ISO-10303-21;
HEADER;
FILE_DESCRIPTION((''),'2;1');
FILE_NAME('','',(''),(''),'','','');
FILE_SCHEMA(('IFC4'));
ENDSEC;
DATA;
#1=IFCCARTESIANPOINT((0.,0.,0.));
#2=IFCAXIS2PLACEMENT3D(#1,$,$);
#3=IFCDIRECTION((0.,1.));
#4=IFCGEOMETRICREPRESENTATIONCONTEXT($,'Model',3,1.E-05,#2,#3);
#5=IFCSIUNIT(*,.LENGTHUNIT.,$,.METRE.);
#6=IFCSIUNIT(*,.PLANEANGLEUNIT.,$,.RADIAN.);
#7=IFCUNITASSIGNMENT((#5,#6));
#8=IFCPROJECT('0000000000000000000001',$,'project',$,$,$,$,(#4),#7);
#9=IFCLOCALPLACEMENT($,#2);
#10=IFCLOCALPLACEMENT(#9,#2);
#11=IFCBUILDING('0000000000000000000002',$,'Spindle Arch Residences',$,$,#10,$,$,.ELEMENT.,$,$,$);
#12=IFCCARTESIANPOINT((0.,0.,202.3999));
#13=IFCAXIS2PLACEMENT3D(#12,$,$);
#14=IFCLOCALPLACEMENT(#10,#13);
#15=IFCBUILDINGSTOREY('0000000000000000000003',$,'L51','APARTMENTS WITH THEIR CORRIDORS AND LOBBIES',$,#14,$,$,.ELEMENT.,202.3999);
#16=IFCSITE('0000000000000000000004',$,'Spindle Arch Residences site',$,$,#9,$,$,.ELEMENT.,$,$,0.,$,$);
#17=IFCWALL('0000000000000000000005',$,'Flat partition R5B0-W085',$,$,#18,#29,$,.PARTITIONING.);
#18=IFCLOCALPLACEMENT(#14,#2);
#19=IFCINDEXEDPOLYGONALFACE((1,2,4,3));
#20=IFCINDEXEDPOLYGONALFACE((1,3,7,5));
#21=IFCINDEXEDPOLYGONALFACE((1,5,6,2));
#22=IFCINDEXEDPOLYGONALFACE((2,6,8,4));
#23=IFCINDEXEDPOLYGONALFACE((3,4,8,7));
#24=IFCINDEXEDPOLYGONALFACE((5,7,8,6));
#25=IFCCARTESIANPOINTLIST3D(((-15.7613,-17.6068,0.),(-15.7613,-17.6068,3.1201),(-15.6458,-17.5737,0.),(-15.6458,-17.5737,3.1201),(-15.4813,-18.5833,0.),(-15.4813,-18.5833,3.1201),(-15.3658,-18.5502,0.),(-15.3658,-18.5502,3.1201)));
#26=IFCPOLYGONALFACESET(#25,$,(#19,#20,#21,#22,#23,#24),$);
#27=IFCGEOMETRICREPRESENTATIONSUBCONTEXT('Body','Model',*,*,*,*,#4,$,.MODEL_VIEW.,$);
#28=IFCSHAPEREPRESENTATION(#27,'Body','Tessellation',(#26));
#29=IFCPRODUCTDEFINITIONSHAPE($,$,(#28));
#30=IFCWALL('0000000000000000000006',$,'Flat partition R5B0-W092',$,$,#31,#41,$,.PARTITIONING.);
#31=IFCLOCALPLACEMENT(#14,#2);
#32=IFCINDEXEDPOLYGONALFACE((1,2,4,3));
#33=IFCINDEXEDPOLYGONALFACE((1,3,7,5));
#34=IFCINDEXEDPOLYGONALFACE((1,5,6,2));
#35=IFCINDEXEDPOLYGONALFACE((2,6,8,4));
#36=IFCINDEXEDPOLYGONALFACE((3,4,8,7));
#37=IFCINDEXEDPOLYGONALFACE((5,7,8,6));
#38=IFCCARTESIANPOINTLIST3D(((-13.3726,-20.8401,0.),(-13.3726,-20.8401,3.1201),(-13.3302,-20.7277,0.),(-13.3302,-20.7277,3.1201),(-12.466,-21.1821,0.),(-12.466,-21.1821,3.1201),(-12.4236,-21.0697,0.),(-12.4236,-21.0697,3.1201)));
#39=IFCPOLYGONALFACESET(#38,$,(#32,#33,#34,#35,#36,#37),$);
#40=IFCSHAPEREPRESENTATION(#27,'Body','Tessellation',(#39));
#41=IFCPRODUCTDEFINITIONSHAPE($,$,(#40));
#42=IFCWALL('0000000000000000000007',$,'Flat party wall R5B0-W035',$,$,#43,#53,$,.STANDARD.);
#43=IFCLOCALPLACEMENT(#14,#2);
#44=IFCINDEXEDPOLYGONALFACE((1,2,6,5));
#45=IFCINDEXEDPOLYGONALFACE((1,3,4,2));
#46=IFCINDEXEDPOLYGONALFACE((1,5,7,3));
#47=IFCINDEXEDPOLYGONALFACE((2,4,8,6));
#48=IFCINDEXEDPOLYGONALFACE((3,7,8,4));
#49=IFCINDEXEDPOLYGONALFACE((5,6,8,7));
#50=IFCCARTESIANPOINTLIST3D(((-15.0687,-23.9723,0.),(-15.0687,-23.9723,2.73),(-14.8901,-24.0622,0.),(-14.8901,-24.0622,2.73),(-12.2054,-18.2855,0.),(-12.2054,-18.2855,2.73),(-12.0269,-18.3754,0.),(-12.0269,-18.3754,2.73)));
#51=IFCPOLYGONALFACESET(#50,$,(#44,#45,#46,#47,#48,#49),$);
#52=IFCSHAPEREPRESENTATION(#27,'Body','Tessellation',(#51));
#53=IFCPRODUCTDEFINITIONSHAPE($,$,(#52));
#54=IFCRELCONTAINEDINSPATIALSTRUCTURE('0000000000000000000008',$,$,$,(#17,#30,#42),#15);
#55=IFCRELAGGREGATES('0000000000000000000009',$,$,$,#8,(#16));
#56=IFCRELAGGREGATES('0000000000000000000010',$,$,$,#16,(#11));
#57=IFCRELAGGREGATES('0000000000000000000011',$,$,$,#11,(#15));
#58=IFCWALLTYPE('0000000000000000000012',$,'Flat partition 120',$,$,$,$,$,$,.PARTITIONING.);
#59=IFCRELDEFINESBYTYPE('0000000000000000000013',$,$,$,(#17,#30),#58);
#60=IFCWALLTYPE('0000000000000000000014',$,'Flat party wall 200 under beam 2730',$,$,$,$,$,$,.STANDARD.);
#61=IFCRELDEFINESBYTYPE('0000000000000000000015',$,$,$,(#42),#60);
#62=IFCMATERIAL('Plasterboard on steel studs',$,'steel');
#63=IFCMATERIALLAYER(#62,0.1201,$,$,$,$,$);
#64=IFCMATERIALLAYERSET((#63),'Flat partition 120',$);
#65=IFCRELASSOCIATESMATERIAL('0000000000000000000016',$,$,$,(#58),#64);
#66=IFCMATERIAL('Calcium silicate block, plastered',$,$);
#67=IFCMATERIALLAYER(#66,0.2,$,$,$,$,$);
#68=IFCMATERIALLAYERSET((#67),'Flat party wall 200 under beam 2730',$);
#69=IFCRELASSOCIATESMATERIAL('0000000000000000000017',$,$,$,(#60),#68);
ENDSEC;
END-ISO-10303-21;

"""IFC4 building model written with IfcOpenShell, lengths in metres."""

from ifc_helpers import new_model, si_unit, direction, frame, frame_2d, origin, place, context, subcontext, project, spatial, rectangle, extrude, material, layer, layer_set, type_object, element, save


model = new_model("IFC4")

# Units and contexts
model_context = context("Model", 3, precision=1e-05, world=origin(), true_north=direction((0.0, 1.0)))
body_context = subcontext(model_context, "Body", "Model", "MODEL_VIEW")
ifc_project = project(units=[si_unit("LENGTHUNIT", "METRE"), si_unit("PLANEANGLEUNIT", "RADIAN")], contexts=[model_context])

# Site, building, storey
site_placement = place(None, origin())
site = spatial("IfcSite", under=ifc_project, at=site_placement, Name="Spindle Arch Residences site", CompositionType="ELEMENT", RefElevation=0.0)
building_placement = place(site_placement, origin())
building = spatial("IfcBuilding", under=site, at=building_placement, Name="Spindle Arch Residences", CompositionType="ELEMENT")
storey_placement = place(building_placement, frame((0.0, 0.0, 202.3999)))
storey = spatial("IfcBuildingStorey", under=building, at=storey_placement, Name="L51", Description="APARTMENTS WITH THEIR CORRIDORS AND LOBBIES", CompositionType="ELEMENT", Elevation=202.3999)

# Walls
ifc_material_1 = material(Name="Plasterboard on steel studs", Category="steel")
ifc_layer_1 = layer(ifc_material_1, 0.1201)
ifc_layer_set_1 = layer_set([ifc_layer_1], Name="Flat partition 120")
wall_type_1 = type_object("IfcWallType", Name="Flat partition 120", PredefinedType="PARTITIONING", material=ifc_layer_set_1)
wall_1_placement = place(storey_placement, frame((-15.4236, -18.5667, 0.0), z_axis=(0.0, 0.0, 1.0), x_axis=(-0.275641, 0.961261, 0.0)))
element("IfcWall", 1, at=wall_1_placement, inside=storey, type_object=wall_type_1, Name="Flat partition R5B0-W085", PredefinedType="PARTITIONING", context=body_context, shape_type="SweptSolid", body=[
    extrude(rectangle(XDim=1.0159, YDim=0.1201, at=frame_2d((0.5078, 0.0))), origin(), (0.0, 0.0, 1.0), 3.1201),
])
wall_2_placement = place(storey_placement, frame((-13.3513, -20.7839, 0.0), z_axis=(0.0, 0.0, 1.0), x_axis=(0.935644, -0.352945, 0.0)))
element("IfcWall", 2, at=wall_2_placement, inside=storey, type_object=wall_type_1, Name="Flat partition R5B0-W092", PredefinedType="PARTITIONING", context=body_context, shape_type="SweptSolid", body=[
    extrude(rectangle(XDim=0.969, YDim=0.1201, at=frame_2d((0.4844, 0.0))), origin(), (0.0, 0.0, 1.0), 3.1201),
])
ifc_material_2 = material(Name="Calcium silicate block, plastered")
ifc_layer_2 = layer(ifc_material_2, 0.2)
ifc_layer_set_2 = layer_set([ifc_layer_2], Name="Flat party wall 200 under beam 2730")
wall_type_2 = type_object("IfcWallType", Name="Flat party wall 200 under beam 2730", PredefinedType="STANDARD", material=ifc_layer_set_2)
wall_3_placement = place(storey_placement, frame((-14.9795, -24.0173, 0.0), z_axis=(0.0, 0.0, 1.0), x_axis=(0.449712, 0.893174, 0.0)))
element("IfcWall", 3, at=wall_3_placement, inside=storey, type_object=wall_type_2, Name="Flat party wall R5B0-W035", PredefinedType="STANDARD", context=body_context, shape_type="SweptSolid", body=[
    extrude(rectangle(XDim=6.3669, YDim=0.2, at=frame_2d((3.1836, 0.0))), origin(), (0.0, 0.0, 1.0), 2.73),
])

save(model, "model.ifc")
